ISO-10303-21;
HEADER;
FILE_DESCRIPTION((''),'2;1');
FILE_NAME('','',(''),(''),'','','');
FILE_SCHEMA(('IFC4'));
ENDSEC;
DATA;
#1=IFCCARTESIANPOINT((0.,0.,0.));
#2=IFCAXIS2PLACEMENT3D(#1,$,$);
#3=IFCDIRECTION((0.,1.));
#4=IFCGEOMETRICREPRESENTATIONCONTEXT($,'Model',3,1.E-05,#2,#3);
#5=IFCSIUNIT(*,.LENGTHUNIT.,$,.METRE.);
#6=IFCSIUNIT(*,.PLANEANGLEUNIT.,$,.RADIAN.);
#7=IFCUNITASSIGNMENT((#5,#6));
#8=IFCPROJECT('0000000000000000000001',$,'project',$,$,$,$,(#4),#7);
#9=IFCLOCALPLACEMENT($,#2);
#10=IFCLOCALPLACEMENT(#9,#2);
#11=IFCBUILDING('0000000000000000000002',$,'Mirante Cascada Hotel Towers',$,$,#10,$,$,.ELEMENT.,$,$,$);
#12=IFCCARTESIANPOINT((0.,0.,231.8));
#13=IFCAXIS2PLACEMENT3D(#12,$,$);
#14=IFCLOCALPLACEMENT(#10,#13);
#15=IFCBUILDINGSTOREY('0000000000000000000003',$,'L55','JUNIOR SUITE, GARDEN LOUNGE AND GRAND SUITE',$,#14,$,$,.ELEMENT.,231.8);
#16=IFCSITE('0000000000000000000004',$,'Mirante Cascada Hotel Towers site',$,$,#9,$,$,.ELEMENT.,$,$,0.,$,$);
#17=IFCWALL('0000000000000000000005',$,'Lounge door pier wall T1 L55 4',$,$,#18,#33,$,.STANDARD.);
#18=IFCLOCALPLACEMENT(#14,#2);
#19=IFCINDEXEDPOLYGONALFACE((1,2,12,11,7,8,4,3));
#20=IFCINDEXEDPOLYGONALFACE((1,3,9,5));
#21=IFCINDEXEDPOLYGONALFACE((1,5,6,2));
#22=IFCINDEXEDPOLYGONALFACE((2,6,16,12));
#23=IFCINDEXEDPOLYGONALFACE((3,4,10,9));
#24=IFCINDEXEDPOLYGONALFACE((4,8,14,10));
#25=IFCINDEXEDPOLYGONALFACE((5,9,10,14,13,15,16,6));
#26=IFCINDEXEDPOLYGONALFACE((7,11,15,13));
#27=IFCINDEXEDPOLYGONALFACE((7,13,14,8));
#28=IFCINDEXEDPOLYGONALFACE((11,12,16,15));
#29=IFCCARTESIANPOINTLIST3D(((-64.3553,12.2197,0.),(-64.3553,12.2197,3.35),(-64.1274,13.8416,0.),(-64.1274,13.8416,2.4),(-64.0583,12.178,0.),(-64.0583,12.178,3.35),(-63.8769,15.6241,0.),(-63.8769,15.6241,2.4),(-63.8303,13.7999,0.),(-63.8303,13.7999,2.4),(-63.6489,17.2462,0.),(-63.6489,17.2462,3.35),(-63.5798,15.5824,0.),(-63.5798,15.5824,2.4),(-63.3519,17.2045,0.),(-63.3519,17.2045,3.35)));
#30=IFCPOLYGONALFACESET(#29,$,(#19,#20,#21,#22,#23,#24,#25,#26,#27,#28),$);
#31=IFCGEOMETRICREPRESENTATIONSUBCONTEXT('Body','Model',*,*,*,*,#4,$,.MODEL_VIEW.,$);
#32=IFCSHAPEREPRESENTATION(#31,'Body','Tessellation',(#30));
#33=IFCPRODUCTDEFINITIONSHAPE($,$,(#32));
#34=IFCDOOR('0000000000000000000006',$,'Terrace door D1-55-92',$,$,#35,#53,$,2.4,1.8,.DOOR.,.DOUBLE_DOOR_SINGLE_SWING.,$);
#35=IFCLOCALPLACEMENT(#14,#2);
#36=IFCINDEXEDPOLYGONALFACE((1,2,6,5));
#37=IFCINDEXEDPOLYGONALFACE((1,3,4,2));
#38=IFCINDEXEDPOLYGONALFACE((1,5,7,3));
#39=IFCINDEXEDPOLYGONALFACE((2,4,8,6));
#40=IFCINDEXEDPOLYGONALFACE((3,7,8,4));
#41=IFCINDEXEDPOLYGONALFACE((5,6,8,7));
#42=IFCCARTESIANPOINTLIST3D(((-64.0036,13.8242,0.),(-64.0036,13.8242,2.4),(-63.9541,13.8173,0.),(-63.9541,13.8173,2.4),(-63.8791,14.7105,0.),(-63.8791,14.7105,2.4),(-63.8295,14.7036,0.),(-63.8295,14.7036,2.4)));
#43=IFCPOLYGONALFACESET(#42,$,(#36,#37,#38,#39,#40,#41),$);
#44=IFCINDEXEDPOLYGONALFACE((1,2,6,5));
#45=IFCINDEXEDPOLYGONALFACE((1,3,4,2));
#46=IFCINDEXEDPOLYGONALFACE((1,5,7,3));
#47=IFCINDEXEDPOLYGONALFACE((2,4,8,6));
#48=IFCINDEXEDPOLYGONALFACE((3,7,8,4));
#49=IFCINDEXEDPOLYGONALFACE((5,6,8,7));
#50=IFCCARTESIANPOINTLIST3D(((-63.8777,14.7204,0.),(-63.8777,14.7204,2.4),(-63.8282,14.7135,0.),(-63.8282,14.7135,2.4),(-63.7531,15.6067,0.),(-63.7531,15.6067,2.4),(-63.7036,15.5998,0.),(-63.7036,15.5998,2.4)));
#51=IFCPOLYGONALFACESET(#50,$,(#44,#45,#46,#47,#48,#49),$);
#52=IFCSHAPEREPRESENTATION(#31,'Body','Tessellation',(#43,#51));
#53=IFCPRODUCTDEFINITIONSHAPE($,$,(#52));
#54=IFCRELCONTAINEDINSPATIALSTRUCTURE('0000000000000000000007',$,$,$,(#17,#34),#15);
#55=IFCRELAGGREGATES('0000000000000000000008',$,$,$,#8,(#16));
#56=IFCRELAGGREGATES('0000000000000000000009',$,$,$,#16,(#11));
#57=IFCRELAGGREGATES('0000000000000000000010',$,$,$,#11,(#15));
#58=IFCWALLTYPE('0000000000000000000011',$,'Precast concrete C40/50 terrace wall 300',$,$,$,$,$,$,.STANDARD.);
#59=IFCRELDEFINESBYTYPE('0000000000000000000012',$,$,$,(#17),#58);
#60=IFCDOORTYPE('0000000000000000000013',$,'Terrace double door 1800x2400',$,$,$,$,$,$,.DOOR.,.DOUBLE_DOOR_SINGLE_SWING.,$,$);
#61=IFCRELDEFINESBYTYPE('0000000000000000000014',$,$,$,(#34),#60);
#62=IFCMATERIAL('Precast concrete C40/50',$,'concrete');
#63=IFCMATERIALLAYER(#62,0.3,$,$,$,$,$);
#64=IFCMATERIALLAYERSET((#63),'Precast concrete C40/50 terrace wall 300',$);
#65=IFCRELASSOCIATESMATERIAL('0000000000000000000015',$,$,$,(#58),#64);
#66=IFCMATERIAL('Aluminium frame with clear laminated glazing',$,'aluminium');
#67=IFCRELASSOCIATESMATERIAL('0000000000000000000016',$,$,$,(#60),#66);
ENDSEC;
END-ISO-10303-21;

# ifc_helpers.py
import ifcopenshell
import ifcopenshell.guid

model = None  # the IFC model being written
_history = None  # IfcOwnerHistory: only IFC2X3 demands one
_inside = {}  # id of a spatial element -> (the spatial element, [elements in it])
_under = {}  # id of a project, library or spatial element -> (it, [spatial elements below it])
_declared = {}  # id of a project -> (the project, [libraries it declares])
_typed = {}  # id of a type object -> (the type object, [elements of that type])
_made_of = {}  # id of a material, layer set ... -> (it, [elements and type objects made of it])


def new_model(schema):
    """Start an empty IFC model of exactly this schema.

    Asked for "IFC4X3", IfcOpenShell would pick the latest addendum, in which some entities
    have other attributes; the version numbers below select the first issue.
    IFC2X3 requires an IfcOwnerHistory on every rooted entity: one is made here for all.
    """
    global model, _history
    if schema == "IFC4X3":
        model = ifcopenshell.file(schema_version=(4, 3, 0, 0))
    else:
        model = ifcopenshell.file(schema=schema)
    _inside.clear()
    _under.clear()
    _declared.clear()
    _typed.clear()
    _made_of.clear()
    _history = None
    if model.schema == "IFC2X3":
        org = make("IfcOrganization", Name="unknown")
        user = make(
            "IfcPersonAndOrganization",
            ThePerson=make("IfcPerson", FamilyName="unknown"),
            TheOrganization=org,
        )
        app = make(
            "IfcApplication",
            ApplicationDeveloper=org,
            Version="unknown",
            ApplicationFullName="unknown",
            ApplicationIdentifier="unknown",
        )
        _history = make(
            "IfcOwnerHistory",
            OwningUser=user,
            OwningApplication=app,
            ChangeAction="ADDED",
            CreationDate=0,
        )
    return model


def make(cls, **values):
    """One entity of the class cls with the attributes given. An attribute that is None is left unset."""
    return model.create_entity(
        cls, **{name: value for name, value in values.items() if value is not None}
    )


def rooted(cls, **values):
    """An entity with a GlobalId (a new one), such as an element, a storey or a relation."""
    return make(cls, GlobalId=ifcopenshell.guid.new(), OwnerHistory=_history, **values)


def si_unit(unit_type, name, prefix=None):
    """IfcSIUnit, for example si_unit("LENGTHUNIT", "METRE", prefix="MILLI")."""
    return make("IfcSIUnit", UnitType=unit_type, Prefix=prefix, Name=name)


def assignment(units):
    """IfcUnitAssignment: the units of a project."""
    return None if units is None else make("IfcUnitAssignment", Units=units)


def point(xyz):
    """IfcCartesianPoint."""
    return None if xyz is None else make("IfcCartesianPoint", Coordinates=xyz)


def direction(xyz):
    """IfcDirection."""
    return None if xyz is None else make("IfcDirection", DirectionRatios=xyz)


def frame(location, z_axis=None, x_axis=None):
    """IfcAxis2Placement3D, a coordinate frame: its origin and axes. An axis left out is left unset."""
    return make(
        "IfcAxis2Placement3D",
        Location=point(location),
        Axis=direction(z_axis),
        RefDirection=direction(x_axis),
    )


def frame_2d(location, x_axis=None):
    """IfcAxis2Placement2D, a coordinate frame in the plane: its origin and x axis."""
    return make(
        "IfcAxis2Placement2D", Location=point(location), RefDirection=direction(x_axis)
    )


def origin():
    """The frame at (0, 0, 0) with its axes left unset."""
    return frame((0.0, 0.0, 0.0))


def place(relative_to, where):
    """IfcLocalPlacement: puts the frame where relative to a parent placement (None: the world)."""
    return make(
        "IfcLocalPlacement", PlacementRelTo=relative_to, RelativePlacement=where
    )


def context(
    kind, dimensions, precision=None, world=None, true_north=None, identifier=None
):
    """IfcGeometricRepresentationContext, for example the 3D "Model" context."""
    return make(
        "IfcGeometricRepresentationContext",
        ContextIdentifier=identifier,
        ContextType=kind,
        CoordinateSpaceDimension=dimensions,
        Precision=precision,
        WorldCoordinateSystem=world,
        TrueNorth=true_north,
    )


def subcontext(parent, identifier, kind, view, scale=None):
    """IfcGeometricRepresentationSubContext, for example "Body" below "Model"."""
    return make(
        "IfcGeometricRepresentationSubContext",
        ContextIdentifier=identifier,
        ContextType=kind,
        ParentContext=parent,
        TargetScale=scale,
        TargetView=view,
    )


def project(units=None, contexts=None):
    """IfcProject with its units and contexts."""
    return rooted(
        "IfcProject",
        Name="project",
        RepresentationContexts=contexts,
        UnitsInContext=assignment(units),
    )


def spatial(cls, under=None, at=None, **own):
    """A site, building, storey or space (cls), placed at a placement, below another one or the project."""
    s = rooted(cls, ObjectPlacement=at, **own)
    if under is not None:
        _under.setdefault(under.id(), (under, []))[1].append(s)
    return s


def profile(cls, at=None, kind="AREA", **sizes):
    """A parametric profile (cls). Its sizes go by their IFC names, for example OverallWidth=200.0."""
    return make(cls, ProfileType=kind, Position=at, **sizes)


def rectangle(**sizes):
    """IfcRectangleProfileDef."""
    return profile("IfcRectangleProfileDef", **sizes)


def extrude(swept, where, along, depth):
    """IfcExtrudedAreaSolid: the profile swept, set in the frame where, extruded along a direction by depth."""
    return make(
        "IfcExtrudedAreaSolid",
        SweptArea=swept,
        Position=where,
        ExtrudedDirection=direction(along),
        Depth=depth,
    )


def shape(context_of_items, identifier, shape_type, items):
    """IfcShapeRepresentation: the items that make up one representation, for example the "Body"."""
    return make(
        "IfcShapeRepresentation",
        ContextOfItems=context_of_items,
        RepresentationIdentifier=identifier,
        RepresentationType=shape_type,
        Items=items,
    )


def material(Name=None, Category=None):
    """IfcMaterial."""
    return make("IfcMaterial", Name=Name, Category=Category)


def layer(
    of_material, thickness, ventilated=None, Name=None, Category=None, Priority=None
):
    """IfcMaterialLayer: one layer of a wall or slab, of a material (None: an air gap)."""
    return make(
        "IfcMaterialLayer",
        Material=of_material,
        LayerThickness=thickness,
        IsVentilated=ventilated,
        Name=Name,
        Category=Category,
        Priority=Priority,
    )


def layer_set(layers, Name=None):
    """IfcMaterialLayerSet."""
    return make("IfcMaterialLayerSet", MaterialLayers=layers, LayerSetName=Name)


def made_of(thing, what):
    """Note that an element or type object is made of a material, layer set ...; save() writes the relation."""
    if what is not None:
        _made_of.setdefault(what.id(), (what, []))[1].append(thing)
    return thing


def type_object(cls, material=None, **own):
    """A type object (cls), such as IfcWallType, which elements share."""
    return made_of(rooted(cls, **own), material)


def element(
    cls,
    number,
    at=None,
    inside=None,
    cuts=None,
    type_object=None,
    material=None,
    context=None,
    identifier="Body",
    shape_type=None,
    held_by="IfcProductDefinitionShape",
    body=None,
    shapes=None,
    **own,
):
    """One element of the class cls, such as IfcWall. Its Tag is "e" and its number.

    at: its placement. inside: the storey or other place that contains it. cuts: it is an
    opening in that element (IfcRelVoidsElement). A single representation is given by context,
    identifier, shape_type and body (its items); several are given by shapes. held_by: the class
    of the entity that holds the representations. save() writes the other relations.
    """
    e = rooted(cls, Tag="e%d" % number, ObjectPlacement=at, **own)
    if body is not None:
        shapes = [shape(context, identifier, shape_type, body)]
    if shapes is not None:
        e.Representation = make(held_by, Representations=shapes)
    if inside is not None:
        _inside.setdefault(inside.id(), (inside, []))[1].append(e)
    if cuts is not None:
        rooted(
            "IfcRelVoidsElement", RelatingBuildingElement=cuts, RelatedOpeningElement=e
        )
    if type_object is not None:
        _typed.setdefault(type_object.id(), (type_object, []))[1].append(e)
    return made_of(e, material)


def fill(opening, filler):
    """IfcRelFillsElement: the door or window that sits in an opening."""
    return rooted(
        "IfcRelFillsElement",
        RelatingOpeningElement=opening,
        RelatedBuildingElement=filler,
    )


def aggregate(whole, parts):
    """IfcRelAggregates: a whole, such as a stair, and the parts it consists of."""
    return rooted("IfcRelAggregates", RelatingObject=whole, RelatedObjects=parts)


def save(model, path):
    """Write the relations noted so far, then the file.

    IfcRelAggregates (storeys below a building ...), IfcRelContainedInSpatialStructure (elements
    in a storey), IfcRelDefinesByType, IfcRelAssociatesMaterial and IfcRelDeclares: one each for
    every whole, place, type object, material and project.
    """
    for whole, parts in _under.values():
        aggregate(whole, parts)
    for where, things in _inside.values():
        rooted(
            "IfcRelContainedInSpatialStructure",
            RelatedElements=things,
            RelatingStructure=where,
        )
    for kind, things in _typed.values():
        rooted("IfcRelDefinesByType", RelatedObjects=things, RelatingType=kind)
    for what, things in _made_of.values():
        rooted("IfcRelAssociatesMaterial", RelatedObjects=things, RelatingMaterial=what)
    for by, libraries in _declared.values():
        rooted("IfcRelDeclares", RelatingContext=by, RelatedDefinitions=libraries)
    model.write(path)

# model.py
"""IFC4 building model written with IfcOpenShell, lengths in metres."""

from ifc_helpers import new_model, si_unit, direction, frame, frame_2d, origin, place, context, subcontext, project, spatial, rectangle, extrude, material, layer, layer_set, type_object, element, fill, save


model = new_model("IFC4")

# Units and contexts
model_context = context("Model", 3, precision=1e-05, world=origin(), true_north=direction((0.0, 1.0)))
body_context = subcontext(model_context, "Body", "Model", "MODEL_VIEW")
ifc_project = project(units=[si_unit("LENGTHUNIT", "METRE"), si_unit("PLANEANGLEUNIT", "RADIAN")], contexts=[model_context])

# Site, building, storey
site_placement = place(None, origin())
site = spatial("IfcSite", under=ifc_project, at=site_placement, Name="Mirante Cascada Hotel Towers site", CompositionType="ELEMENT", RefElevation=0.0)
building_placement = place(site_placement, origin())
building = spatial("IfcBuilding", under=site, at=building_placement, Name="Mirante Cascada Hotel Towers", CompositionType="ELEMENT")
storey_placement = place(building_placement, frame((0.0, 0.0, 231.8)))
storey = spatial("IfcBuildingStorey", under=building, at=storey_placement, Name="L55", Description="JUNIOR SUITE, GARDEN LOUNGE AND GRAND SUITE", CompositionType="ELEMENT", Elevation=231.8)

# Wall, opening, door
ifc_material_1 = material(Name="Precast concrete C40/50", Category="concrete")
ifc_layer_1 = layer(ifc_material_1, 0.3)
ifc_layer_set_1 = layer_set([ifc_layer_1], Name="Precast concrete C40/50 terrace wall 300")
wall_type_1 = type_object("IfcWallType", Name="Precast concrete C40/50 terrace wall 300", PredefinedType="STANDARD", material=ifc_layer_set_1)
ifc_material_2 = material(Name="Aluminium frame with clear laminated glazing", Category="aluminium")
door_type_1 = type_object("IfcDoorType", Name="Terrace double door 1800x2400", OperationType="DOUBLE_DOOR_SINGLE_SWING", PredefinedType="DOOR", material=ifc_material_2)
wall_1_placement = place(storey_placement, frame((-64.2068, 12.1988, 0.0), z_axis=(0.0, 0.0, 1.0), x_axis=(0.139168, 0.990269, 0.0)))
wall_1 = element("IfcWall", 1, at=wall_1_placement, inside=storey, type_object=wall_type_1, Name="Lounge door pier wall T1 L55 4", PredefinedType="STANDARD", context=body_context, shape_type="SweptSolid", body=[
    extrude(rectangle(XDim=5.0759, YDim=0.3, at=frame_2d((2.538, 0.0))), origin(), (0.0, 0.0, 1.0), 3.35),
])
opening_1_placement = place(wall_1_placement, frame((1.6379, 0.0, 0.0)))
opening_1 = element("IfcOpeningElement", 2, at=opening_1_placement, cuts=wall_1, PredefinedType="OPENING", context=body_context, shape_type="SweptSolid", body=[
    extrude(rectangle(XDim=1.8, YDim=2.4, at=frame_2d((0.9, 1.2))), frame((0.0, 0.15, 0.0), z_axis=(0.0, -1.0, 0.0), x_axis=(1.0, 0.0, 0.0)), (0.0, 0.0, 1.0), 0.3),
])
door_1_placement = place(opening_1_placement, origin())
door_1 = element("IfcDoor", 3, at=door_1_placement, inside=storey, type_object=door_type_1, Name="Terrace door D1-55-92", OperationType="DOUBLE_DOOR_SINGLE_SWING", OverallHeight=2.4, OverallWidth=1.8, PredefinedType="DOOR", context=body_context, shape_type="SweptSolid", body=[
    extrude(rectangle(XDim=0.895, YDim=2.4, at=frame_2d((0.4475, 1.2))), frame((0.0, 0.025, 0.0), z_axis=(0.0, -1.0, 0.0), x_axis=(1.0, 0.0, 0.0)), (0.0, 0.0, 1.0), 0.05),
    extrude(rectangle(XDim=0.895, YDim=2.4, at=frame_2d((1.3525, 1.2))), frame((0.0, 0.025, 0.0), z_axis=(0.0, -1.0, 0.0), x_axis=(1.0, 0.0, 0.0)), (0.0, 0.0, 1.0), 0.05),
])
fill(opening_1, door_1)

save(model, "model.ifc")
